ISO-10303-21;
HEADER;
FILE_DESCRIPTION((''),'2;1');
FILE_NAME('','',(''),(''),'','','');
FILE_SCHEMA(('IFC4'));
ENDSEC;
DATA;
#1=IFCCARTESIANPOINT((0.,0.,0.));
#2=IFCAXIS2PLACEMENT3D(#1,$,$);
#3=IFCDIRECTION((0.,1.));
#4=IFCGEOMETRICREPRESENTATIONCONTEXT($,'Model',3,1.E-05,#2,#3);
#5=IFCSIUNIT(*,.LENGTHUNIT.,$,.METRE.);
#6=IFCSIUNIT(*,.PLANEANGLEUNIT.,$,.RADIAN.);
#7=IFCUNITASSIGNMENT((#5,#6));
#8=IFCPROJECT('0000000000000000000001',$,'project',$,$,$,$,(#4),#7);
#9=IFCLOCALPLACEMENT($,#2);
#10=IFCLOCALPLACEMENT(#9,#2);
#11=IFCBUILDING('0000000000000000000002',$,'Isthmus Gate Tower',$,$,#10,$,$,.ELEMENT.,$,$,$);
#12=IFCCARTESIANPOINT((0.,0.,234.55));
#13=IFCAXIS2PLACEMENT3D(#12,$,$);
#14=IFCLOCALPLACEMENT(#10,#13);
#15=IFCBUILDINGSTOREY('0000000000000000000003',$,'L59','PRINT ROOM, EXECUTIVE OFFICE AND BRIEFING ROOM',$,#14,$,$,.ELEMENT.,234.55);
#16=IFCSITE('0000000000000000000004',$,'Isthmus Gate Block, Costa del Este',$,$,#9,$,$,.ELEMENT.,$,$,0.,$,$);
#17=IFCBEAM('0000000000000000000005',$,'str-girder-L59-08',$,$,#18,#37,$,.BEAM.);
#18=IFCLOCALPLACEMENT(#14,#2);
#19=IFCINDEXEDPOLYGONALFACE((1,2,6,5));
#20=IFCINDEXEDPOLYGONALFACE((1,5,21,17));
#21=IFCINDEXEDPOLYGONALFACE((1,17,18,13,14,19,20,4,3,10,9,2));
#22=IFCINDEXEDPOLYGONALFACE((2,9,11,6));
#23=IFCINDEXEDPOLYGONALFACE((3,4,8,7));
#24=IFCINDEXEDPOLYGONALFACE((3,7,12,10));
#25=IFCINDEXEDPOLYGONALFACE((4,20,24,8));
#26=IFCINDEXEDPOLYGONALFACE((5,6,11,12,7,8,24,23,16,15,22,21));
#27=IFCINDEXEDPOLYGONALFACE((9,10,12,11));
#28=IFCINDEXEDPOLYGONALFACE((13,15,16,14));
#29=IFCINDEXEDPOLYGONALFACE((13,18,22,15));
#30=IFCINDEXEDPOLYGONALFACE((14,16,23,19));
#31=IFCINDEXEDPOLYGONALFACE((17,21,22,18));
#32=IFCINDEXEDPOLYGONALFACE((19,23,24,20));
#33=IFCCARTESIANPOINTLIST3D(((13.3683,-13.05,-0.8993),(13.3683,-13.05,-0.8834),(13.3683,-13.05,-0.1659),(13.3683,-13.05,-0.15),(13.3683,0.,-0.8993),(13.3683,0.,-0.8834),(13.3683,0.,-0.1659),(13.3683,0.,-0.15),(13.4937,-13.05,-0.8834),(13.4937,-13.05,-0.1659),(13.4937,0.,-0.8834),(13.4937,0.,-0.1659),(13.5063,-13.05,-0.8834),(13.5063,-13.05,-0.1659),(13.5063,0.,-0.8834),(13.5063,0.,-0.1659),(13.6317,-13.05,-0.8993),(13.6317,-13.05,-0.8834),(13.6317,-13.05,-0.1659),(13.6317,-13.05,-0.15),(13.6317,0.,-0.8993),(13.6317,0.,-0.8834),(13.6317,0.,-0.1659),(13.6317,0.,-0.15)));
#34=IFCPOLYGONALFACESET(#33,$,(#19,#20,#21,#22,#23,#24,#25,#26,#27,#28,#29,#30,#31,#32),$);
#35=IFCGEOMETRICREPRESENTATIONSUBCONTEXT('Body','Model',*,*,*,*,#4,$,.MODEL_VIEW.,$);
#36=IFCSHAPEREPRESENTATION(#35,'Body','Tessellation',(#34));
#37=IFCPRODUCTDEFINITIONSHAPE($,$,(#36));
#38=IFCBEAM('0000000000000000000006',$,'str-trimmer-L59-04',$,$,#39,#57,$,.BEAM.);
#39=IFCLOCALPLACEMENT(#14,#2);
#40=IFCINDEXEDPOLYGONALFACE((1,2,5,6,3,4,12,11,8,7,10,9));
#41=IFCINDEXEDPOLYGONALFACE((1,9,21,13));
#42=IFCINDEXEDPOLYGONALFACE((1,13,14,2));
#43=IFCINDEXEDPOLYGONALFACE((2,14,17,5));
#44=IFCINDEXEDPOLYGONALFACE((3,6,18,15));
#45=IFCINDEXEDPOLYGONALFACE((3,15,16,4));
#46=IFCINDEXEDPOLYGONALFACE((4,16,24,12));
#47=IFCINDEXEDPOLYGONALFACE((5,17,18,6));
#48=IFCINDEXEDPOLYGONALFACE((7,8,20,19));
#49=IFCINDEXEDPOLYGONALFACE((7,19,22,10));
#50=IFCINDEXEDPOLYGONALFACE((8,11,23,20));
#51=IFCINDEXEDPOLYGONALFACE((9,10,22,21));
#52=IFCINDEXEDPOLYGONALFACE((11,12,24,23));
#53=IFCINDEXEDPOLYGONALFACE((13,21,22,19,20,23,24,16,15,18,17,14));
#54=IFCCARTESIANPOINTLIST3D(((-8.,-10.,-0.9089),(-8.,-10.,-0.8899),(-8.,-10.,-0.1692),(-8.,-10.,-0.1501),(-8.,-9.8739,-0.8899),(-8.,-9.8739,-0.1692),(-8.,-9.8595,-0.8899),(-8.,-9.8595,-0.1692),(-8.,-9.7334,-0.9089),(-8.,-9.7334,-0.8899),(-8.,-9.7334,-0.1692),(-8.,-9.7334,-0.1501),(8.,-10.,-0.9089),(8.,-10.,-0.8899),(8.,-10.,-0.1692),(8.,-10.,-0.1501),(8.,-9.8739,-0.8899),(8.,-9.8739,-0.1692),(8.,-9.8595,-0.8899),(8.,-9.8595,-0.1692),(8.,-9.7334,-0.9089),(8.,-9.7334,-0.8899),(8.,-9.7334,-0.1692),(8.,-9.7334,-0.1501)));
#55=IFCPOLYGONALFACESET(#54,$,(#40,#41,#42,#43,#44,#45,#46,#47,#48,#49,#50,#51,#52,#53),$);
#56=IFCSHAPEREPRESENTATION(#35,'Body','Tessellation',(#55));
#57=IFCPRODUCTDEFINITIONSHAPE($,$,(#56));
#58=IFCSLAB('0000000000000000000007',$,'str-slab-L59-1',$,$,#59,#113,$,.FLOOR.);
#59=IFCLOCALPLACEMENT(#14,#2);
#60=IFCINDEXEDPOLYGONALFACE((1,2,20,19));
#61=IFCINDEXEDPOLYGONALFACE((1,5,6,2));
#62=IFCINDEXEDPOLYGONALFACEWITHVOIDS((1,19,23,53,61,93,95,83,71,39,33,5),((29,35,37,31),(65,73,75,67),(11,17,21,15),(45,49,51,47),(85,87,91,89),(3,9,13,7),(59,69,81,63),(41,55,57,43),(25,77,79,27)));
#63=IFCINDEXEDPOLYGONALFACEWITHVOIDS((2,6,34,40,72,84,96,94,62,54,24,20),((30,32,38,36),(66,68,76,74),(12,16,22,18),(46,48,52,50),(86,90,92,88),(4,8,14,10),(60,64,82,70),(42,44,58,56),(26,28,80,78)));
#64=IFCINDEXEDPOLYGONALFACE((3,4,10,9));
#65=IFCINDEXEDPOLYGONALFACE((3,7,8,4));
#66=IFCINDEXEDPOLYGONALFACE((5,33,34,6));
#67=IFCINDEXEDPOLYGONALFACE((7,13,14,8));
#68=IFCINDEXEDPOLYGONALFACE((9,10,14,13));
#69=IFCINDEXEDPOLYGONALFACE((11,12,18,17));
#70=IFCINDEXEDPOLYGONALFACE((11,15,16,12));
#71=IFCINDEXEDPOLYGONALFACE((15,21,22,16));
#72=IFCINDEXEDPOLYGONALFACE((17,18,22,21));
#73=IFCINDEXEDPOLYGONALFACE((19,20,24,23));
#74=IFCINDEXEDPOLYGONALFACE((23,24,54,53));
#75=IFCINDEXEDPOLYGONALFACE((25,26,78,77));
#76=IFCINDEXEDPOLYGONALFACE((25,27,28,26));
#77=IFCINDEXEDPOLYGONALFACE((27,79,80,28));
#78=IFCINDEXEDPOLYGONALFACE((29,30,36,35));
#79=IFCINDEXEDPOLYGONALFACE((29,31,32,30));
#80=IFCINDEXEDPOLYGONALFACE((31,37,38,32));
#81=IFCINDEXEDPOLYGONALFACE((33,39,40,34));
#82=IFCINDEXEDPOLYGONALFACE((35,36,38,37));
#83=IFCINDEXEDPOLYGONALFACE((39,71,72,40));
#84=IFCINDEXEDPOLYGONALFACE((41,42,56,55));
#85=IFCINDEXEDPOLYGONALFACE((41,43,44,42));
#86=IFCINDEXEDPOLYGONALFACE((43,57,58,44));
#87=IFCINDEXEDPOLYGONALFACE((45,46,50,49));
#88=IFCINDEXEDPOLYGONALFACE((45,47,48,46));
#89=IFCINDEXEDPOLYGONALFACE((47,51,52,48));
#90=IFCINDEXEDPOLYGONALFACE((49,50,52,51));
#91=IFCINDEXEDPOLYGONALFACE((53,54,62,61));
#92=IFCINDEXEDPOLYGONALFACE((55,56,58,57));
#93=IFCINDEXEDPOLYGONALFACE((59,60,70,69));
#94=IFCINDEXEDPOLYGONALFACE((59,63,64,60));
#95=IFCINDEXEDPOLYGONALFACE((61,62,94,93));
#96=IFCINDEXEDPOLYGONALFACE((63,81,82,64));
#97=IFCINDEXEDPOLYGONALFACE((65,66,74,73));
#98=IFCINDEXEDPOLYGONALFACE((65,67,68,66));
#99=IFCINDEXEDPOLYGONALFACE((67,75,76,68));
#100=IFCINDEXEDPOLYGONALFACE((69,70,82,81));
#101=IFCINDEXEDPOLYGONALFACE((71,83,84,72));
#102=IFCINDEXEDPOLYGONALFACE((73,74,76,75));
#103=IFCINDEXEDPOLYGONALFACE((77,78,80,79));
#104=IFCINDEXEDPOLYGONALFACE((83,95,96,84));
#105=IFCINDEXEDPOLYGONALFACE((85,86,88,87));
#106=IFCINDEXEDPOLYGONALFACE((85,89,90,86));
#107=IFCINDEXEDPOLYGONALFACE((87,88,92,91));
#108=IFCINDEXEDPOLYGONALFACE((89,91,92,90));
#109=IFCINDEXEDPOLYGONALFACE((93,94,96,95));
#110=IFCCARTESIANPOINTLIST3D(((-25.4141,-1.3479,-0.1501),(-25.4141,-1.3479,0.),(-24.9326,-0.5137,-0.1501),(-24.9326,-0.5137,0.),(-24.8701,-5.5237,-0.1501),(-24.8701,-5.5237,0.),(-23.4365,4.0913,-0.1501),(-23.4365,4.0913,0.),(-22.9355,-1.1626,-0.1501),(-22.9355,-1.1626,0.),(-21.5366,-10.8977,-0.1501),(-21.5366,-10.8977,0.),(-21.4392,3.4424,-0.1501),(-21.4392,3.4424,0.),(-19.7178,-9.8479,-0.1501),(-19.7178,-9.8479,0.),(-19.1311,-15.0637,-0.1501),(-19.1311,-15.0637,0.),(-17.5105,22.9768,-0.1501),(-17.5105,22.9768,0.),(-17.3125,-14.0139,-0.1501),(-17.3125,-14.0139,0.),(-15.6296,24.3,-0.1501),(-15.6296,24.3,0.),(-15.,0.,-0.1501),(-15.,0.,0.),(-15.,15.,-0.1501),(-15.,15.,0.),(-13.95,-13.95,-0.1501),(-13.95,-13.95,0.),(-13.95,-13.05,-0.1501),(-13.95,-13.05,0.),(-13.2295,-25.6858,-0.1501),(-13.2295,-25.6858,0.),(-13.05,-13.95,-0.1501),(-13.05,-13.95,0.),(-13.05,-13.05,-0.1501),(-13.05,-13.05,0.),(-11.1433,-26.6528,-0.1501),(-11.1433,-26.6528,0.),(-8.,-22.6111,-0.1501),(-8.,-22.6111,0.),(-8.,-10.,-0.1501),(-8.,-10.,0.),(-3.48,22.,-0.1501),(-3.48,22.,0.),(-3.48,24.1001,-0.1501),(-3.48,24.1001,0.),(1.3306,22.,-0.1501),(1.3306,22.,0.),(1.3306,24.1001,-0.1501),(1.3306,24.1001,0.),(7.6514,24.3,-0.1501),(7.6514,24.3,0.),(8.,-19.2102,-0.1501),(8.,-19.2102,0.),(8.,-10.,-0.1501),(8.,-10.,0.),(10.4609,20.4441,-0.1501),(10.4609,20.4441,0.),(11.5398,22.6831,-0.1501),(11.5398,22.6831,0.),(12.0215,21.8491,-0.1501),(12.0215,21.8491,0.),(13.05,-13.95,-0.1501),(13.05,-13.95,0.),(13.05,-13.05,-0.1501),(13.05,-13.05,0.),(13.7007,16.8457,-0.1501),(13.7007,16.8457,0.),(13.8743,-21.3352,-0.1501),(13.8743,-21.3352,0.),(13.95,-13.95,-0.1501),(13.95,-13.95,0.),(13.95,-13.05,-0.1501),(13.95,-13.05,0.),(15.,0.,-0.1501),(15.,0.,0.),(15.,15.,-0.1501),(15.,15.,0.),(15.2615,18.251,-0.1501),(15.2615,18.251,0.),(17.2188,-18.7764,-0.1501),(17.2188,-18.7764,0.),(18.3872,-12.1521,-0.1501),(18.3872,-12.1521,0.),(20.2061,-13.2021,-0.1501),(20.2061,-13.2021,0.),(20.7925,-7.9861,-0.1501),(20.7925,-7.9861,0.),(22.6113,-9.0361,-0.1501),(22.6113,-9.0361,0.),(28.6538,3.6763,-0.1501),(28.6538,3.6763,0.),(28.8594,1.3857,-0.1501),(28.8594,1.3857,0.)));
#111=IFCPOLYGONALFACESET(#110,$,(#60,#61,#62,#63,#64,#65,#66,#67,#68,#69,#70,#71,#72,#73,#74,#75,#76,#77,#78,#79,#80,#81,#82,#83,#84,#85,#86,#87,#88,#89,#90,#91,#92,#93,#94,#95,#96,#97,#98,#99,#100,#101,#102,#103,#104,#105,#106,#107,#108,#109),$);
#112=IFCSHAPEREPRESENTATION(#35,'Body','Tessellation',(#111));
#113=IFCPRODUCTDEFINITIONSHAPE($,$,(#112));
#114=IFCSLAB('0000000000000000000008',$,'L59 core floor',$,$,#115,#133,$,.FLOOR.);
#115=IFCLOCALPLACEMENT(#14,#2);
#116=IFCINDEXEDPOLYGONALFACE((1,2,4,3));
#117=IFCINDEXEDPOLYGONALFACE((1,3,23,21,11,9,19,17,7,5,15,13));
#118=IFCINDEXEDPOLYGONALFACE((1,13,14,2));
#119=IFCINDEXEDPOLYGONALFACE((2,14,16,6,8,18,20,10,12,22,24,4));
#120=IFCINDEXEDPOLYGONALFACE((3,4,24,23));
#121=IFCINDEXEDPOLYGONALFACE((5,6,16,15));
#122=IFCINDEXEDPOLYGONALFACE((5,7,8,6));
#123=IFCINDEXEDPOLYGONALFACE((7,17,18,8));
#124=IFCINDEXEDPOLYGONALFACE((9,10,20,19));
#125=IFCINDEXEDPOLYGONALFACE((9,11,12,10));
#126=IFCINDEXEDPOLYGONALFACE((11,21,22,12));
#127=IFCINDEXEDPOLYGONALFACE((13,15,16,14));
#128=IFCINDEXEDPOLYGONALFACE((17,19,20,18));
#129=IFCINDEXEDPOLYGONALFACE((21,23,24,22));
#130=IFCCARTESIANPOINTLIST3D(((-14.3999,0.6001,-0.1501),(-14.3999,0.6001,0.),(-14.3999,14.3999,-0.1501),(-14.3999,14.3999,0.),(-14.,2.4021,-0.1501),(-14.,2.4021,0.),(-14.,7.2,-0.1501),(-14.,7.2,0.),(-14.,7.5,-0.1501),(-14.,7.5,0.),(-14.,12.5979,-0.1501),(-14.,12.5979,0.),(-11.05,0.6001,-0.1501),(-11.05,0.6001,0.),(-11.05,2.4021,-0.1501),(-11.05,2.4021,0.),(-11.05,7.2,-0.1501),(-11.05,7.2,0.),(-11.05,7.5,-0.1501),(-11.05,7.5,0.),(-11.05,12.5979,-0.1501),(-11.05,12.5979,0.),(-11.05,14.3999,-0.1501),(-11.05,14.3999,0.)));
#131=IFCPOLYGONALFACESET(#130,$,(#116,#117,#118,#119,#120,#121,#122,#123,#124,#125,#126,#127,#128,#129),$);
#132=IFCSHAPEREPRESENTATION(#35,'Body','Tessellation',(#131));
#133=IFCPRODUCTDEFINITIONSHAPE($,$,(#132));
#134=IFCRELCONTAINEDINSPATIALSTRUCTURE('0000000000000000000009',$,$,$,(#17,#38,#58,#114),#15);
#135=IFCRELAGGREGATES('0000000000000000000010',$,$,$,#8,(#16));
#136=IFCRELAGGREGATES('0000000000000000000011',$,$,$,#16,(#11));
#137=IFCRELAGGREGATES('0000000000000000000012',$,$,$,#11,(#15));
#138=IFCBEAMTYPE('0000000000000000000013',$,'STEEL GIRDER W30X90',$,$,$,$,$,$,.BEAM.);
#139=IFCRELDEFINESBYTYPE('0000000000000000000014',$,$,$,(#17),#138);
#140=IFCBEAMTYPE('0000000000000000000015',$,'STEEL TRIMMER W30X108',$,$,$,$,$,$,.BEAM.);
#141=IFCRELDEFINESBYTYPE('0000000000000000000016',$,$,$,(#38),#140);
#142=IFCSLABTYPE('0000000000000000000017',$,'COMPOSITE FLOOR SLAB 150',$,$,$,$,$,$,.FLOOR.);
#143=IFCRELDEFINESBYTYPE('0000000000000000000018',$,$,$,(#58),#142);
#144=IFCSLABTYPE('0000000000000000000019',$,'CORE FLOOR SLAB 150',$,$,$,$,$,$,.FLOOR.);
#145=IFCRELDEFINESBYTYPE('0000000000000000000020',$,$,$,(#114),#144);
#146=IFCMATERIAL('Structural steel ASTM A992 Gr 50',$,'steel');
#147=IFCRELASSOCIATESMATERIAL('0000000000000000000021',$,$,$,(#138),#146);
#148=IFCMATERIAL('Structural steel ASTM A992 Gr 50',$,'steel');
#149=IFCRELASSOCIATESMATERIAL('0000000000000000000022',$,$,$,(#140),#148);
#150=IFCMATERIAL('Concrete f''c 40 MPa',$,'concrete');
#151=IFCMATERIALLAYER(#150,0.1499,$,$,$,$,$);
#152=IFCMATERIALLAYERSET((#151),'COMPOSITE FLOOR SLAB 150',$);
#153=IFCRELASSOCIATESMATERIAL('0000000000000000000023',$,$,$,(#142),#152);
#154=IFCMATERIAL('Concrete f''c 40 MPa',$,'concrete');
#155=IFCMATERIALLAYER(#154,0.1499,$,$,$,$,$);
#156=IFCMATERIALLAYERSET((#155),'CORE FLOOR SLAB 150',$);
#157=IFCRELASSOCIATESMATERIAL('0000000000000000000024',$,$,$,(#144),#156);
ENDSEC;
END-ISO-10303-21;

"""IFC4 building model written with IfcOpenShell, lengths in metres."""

from ifc_helpers import new_model, si_unit, direction, frame, origin, origin_2d, place, context, subcontext, project, spatial, polyline, i_section, outline, extrude, material, layer, layer_set, material_profile, profile_set, type_object, element, save


model = new_model("IFC4")

# Units and contexts
model_context = context("Model", 3, precision=1e-05, world=origin(), true_north=direction((0.0, 1.0)))
body_context = subcontext(model_context, "Body", "Model", "MODEL_VIEW")
ifc_project = project(units=[si_unit("LENGTHUNIT", "METRE"), si_unit("PLANEANGLEUNIT", "RADIAN")], contexts=[model_context])

# Site, building, storey
site_placement = place(None, origin())
site = spatial("IfcSite", under=ifc_project, at=site_placement, Name="Isthmus Gate Block, Costa del Este", CompositionType="ELEMENT", RefElevation=0.0)
building_placement = place(site_placement, origin())
building = spatial("IfcBuilding", under=site, at=building_placement, Name="Isthmus Gate Tower", CompositionType="ELEMENT")
storey_placement = place(building_placement, frame((0.0, 0.0, 234.55)))
storey = spatial("IfcBuildingStorey", under=building, at=storey_placement, Name="L59", Description="PRINT ROOM, EXECUTIVE OFFICE AND BRIEFING ROOM", CompositionType="ELEMENT", Elevation=234.55)

# Beams
ifc_material_1 = material(Name="Structural steel ASTM A992 Gr 50", Category="steel")
ifc_material_profile_1 = material_profile(ifc_material_1, i_section(OverallWidth=0.2634, OverallDepth=0.7493, WebThickness=0.0127, FlangeThickness=0.0159, at=origin_2d()), Name="W30X90")
ifc_profile_set_1 = profile_set([ifc_material_profile_1], Name="Structural steel ASTM A992 Gr 50")
beam_type_1 = type_object("IfcBeamType", Name="STEEL GIRDER W30X90", PredefinedType="BEAM", material=ifc_profile_set_1)
beam_1_placement = place(storey_placement, frame((13.5, -13.05, -0.5247), z_axis=(0.0, 1.0, 0.0), x_axis=(-1.0, 0.0, 0.0)))
element("IfcBeam", 1, at=beam_1_placement, inside=storey, type_object=beam_type_1, Name="str-girder-L59-08", PredefinedType="BEAM", context=body_context, shape_type="SweptSolid", body=[
    extrude(i_section(OverallWidth=0.2634, OverallDepth=0.7493, WebThickness=0.0127, FlangeThickness=0.0159, at=origin_2d()), origin(), (0.0, 0.0, 1.0), 13.05),
])
ifc_material_2 = material(Name="Structural steel ASTM A992 Gr 50", Category="steel")
ifc_material_profile_2 = material_profile(ifc_material_2, i_section(OverallWidth=0.2666, OverallDepth=0.7588, WebThickness=0.0144, FlangeThickness=0.019, at=origin_2d()), Name="W30X108")
ifc_profile_set_2 = profile_set([ifc_material_profile_2], Name="Structural steel ASTM A992 Gr 50")
beam_type_2 = type_object("IfcBeamType", Name="STEEL TRIMMER W30X108", PredefinedType="BEAM", material=ifc_profile_set_2)
beam_2_placement = place(storey_placement, frame((8.0, -9.8667, -0.5295), z_axis=(-1.0, 0.0, 0.0), x_axis=(0.0, -1.0, 0.0)))
element("IfcBeam", 2, at=beam_2_placement, inside=storey, type_object=beam_type_2, Name="str-trimmer-L59-04", PredefinedType="BEAM", context=body_context, shape_type="SweptSolid", body=[
    extrude(i_section(OverallWidth=0.2666, OverallDepth=0.7588, WebThickness=0.0144, FlangeThickness=0.019, at=origin_2d()), origin(), (0.0, 0.0, 1.0), 16.0),
])

# Slabs
ifc_material_3 = material(Name="Concrete f'c 40 MPa", Category="concrete")
ifc_layer_1 = layer(ifc_material_3, 0.1499)
ifc_layer_set_1 = layer_set([ifc_layer_1], Name="COMPOSITE FLOOR SLAB 150")
slab_type_1 = type_object("IfcSlabType", Name="COMPOSITE FLOOR SLAB 150", PredefinedType="FLOOR", material=ifc_layer_set_1)
slab_1_placement = place(storey_placement, frame((0.0, 0.0, -0.1501)))
element("IfcSlab", 3, at=slab_1_placement, inside=storey, type_object=slab_type_1, Name="str-slab-L59-1", PredefinedType="FLOOR", context=body_context, shape_type="SweptSolid", body=[
    extrude(outline(polyline([(11.5398, 22.6831), (28.6538, 3.6763), (28.8594, 1.3857), (17.2188, -18.7764), (13.8743, -21.3352), (-11.1433, -26.6528), (-13.2295, -25.6858), (-24.8701, -5.5237), (-25.4141, -1.3479), (-17.5105, 22.9768), (-15.6296, 24.3), (7.6514, 24.3), (11.5398, 22.6831)]), holes=[polyline([(8.0, -10.0), (-8.0, -10.0), (-8.0, -22.6111), (8.0, -19.2102), (8.0, -10.0)]), polyline([(-13.05, -13.05), (-13.95, -13.05), (-13.95, -13.95), (-13.05, -13.95), (-13.05, -13.05)]), polyline([(13.95, -13.05), (13.05, -13.05), (13.05, -13.95), (13.95, -13.95), (13.95, -13.05)]), polyline([(-17.3125, -14.0139), (-19.7178, -9.8479), (-21.5366, -10.8977), (-19.1311, -15.0637), (-17.3125, -14.0139)]), polyline([(20.7925, -7.9861), (18.3872, -12.1521), (20.2061, -13.2021), (22.6113, -9.0361), (20.7925, -7.9861)]), polyline([(-22.9355, -1.1626), (-21.4392, 3.4424), (-23.4365, 4.0913), (-24.9326, -0.5137), (-22.9355, -1.1626)]), polyline([(-15.0, 15.0), (-15.0, 0.0), (15.0, 0.0), (15.0, 15.0), (-15.0, 15.0)]), polyline([(12.0215, 21.8491), (10.4609, 20.4441), (13.7007, 16.8457), (15.2615, 18.251), (12.0215, 21.8491)]), polyline([(-3.48, 24.1001), (-3.48, 22.0), (1.3306, 22.0), (1.3306, 24.1001), (-3.48, 24.1001)])]), origin(), (0.0, 0.0, 1.0), 0.1501),
])
ifc_material_4 = material(Name="Concrete f'c 40 MPa", Category="concrete")
ifc_layer_2 = layer(ifc_material_4, 0.1499)
ifc_layer_set_2 = layer_set([ifc_layer_2], Name="CORE FLOOR SLAB 150")
slab_type_2 = type_object("IfcSlabType", Name="CORE FLOOR SLAB 150", PredefinedType="FLOOR", material=ifc_layer_set_2)
slab_2_placement = place(storey_placement, frame((0.0, 0.0, -0.1501)))
element("IfcSlab", 4, at=slab_2_placement, inside=storey, type_object=slab_type_2, Name="L59 core floor", PredefinedType="FLOOR", context=body_context, shape_type="SweptSolid", body=[
    extrude(outline(polyline([(-11.05, 0.6001), (-11.05, 2.4021), (-14.0, 2.4021), (-14.0, 7.2), (-11.05, 7.2), (-11.05, 7.5), (-14.0, 7.5), (-14.0, 12.5979), (-11.05, 12.5979), (-11.05, 14.3999), (-14.3999, 14.3999), (-14.3999, 0.6001), (-11.05, 0.6001)])), origin(), (0.0, 0.0, 1.0), 0.1501),
])

save(model, "model.ifc")
